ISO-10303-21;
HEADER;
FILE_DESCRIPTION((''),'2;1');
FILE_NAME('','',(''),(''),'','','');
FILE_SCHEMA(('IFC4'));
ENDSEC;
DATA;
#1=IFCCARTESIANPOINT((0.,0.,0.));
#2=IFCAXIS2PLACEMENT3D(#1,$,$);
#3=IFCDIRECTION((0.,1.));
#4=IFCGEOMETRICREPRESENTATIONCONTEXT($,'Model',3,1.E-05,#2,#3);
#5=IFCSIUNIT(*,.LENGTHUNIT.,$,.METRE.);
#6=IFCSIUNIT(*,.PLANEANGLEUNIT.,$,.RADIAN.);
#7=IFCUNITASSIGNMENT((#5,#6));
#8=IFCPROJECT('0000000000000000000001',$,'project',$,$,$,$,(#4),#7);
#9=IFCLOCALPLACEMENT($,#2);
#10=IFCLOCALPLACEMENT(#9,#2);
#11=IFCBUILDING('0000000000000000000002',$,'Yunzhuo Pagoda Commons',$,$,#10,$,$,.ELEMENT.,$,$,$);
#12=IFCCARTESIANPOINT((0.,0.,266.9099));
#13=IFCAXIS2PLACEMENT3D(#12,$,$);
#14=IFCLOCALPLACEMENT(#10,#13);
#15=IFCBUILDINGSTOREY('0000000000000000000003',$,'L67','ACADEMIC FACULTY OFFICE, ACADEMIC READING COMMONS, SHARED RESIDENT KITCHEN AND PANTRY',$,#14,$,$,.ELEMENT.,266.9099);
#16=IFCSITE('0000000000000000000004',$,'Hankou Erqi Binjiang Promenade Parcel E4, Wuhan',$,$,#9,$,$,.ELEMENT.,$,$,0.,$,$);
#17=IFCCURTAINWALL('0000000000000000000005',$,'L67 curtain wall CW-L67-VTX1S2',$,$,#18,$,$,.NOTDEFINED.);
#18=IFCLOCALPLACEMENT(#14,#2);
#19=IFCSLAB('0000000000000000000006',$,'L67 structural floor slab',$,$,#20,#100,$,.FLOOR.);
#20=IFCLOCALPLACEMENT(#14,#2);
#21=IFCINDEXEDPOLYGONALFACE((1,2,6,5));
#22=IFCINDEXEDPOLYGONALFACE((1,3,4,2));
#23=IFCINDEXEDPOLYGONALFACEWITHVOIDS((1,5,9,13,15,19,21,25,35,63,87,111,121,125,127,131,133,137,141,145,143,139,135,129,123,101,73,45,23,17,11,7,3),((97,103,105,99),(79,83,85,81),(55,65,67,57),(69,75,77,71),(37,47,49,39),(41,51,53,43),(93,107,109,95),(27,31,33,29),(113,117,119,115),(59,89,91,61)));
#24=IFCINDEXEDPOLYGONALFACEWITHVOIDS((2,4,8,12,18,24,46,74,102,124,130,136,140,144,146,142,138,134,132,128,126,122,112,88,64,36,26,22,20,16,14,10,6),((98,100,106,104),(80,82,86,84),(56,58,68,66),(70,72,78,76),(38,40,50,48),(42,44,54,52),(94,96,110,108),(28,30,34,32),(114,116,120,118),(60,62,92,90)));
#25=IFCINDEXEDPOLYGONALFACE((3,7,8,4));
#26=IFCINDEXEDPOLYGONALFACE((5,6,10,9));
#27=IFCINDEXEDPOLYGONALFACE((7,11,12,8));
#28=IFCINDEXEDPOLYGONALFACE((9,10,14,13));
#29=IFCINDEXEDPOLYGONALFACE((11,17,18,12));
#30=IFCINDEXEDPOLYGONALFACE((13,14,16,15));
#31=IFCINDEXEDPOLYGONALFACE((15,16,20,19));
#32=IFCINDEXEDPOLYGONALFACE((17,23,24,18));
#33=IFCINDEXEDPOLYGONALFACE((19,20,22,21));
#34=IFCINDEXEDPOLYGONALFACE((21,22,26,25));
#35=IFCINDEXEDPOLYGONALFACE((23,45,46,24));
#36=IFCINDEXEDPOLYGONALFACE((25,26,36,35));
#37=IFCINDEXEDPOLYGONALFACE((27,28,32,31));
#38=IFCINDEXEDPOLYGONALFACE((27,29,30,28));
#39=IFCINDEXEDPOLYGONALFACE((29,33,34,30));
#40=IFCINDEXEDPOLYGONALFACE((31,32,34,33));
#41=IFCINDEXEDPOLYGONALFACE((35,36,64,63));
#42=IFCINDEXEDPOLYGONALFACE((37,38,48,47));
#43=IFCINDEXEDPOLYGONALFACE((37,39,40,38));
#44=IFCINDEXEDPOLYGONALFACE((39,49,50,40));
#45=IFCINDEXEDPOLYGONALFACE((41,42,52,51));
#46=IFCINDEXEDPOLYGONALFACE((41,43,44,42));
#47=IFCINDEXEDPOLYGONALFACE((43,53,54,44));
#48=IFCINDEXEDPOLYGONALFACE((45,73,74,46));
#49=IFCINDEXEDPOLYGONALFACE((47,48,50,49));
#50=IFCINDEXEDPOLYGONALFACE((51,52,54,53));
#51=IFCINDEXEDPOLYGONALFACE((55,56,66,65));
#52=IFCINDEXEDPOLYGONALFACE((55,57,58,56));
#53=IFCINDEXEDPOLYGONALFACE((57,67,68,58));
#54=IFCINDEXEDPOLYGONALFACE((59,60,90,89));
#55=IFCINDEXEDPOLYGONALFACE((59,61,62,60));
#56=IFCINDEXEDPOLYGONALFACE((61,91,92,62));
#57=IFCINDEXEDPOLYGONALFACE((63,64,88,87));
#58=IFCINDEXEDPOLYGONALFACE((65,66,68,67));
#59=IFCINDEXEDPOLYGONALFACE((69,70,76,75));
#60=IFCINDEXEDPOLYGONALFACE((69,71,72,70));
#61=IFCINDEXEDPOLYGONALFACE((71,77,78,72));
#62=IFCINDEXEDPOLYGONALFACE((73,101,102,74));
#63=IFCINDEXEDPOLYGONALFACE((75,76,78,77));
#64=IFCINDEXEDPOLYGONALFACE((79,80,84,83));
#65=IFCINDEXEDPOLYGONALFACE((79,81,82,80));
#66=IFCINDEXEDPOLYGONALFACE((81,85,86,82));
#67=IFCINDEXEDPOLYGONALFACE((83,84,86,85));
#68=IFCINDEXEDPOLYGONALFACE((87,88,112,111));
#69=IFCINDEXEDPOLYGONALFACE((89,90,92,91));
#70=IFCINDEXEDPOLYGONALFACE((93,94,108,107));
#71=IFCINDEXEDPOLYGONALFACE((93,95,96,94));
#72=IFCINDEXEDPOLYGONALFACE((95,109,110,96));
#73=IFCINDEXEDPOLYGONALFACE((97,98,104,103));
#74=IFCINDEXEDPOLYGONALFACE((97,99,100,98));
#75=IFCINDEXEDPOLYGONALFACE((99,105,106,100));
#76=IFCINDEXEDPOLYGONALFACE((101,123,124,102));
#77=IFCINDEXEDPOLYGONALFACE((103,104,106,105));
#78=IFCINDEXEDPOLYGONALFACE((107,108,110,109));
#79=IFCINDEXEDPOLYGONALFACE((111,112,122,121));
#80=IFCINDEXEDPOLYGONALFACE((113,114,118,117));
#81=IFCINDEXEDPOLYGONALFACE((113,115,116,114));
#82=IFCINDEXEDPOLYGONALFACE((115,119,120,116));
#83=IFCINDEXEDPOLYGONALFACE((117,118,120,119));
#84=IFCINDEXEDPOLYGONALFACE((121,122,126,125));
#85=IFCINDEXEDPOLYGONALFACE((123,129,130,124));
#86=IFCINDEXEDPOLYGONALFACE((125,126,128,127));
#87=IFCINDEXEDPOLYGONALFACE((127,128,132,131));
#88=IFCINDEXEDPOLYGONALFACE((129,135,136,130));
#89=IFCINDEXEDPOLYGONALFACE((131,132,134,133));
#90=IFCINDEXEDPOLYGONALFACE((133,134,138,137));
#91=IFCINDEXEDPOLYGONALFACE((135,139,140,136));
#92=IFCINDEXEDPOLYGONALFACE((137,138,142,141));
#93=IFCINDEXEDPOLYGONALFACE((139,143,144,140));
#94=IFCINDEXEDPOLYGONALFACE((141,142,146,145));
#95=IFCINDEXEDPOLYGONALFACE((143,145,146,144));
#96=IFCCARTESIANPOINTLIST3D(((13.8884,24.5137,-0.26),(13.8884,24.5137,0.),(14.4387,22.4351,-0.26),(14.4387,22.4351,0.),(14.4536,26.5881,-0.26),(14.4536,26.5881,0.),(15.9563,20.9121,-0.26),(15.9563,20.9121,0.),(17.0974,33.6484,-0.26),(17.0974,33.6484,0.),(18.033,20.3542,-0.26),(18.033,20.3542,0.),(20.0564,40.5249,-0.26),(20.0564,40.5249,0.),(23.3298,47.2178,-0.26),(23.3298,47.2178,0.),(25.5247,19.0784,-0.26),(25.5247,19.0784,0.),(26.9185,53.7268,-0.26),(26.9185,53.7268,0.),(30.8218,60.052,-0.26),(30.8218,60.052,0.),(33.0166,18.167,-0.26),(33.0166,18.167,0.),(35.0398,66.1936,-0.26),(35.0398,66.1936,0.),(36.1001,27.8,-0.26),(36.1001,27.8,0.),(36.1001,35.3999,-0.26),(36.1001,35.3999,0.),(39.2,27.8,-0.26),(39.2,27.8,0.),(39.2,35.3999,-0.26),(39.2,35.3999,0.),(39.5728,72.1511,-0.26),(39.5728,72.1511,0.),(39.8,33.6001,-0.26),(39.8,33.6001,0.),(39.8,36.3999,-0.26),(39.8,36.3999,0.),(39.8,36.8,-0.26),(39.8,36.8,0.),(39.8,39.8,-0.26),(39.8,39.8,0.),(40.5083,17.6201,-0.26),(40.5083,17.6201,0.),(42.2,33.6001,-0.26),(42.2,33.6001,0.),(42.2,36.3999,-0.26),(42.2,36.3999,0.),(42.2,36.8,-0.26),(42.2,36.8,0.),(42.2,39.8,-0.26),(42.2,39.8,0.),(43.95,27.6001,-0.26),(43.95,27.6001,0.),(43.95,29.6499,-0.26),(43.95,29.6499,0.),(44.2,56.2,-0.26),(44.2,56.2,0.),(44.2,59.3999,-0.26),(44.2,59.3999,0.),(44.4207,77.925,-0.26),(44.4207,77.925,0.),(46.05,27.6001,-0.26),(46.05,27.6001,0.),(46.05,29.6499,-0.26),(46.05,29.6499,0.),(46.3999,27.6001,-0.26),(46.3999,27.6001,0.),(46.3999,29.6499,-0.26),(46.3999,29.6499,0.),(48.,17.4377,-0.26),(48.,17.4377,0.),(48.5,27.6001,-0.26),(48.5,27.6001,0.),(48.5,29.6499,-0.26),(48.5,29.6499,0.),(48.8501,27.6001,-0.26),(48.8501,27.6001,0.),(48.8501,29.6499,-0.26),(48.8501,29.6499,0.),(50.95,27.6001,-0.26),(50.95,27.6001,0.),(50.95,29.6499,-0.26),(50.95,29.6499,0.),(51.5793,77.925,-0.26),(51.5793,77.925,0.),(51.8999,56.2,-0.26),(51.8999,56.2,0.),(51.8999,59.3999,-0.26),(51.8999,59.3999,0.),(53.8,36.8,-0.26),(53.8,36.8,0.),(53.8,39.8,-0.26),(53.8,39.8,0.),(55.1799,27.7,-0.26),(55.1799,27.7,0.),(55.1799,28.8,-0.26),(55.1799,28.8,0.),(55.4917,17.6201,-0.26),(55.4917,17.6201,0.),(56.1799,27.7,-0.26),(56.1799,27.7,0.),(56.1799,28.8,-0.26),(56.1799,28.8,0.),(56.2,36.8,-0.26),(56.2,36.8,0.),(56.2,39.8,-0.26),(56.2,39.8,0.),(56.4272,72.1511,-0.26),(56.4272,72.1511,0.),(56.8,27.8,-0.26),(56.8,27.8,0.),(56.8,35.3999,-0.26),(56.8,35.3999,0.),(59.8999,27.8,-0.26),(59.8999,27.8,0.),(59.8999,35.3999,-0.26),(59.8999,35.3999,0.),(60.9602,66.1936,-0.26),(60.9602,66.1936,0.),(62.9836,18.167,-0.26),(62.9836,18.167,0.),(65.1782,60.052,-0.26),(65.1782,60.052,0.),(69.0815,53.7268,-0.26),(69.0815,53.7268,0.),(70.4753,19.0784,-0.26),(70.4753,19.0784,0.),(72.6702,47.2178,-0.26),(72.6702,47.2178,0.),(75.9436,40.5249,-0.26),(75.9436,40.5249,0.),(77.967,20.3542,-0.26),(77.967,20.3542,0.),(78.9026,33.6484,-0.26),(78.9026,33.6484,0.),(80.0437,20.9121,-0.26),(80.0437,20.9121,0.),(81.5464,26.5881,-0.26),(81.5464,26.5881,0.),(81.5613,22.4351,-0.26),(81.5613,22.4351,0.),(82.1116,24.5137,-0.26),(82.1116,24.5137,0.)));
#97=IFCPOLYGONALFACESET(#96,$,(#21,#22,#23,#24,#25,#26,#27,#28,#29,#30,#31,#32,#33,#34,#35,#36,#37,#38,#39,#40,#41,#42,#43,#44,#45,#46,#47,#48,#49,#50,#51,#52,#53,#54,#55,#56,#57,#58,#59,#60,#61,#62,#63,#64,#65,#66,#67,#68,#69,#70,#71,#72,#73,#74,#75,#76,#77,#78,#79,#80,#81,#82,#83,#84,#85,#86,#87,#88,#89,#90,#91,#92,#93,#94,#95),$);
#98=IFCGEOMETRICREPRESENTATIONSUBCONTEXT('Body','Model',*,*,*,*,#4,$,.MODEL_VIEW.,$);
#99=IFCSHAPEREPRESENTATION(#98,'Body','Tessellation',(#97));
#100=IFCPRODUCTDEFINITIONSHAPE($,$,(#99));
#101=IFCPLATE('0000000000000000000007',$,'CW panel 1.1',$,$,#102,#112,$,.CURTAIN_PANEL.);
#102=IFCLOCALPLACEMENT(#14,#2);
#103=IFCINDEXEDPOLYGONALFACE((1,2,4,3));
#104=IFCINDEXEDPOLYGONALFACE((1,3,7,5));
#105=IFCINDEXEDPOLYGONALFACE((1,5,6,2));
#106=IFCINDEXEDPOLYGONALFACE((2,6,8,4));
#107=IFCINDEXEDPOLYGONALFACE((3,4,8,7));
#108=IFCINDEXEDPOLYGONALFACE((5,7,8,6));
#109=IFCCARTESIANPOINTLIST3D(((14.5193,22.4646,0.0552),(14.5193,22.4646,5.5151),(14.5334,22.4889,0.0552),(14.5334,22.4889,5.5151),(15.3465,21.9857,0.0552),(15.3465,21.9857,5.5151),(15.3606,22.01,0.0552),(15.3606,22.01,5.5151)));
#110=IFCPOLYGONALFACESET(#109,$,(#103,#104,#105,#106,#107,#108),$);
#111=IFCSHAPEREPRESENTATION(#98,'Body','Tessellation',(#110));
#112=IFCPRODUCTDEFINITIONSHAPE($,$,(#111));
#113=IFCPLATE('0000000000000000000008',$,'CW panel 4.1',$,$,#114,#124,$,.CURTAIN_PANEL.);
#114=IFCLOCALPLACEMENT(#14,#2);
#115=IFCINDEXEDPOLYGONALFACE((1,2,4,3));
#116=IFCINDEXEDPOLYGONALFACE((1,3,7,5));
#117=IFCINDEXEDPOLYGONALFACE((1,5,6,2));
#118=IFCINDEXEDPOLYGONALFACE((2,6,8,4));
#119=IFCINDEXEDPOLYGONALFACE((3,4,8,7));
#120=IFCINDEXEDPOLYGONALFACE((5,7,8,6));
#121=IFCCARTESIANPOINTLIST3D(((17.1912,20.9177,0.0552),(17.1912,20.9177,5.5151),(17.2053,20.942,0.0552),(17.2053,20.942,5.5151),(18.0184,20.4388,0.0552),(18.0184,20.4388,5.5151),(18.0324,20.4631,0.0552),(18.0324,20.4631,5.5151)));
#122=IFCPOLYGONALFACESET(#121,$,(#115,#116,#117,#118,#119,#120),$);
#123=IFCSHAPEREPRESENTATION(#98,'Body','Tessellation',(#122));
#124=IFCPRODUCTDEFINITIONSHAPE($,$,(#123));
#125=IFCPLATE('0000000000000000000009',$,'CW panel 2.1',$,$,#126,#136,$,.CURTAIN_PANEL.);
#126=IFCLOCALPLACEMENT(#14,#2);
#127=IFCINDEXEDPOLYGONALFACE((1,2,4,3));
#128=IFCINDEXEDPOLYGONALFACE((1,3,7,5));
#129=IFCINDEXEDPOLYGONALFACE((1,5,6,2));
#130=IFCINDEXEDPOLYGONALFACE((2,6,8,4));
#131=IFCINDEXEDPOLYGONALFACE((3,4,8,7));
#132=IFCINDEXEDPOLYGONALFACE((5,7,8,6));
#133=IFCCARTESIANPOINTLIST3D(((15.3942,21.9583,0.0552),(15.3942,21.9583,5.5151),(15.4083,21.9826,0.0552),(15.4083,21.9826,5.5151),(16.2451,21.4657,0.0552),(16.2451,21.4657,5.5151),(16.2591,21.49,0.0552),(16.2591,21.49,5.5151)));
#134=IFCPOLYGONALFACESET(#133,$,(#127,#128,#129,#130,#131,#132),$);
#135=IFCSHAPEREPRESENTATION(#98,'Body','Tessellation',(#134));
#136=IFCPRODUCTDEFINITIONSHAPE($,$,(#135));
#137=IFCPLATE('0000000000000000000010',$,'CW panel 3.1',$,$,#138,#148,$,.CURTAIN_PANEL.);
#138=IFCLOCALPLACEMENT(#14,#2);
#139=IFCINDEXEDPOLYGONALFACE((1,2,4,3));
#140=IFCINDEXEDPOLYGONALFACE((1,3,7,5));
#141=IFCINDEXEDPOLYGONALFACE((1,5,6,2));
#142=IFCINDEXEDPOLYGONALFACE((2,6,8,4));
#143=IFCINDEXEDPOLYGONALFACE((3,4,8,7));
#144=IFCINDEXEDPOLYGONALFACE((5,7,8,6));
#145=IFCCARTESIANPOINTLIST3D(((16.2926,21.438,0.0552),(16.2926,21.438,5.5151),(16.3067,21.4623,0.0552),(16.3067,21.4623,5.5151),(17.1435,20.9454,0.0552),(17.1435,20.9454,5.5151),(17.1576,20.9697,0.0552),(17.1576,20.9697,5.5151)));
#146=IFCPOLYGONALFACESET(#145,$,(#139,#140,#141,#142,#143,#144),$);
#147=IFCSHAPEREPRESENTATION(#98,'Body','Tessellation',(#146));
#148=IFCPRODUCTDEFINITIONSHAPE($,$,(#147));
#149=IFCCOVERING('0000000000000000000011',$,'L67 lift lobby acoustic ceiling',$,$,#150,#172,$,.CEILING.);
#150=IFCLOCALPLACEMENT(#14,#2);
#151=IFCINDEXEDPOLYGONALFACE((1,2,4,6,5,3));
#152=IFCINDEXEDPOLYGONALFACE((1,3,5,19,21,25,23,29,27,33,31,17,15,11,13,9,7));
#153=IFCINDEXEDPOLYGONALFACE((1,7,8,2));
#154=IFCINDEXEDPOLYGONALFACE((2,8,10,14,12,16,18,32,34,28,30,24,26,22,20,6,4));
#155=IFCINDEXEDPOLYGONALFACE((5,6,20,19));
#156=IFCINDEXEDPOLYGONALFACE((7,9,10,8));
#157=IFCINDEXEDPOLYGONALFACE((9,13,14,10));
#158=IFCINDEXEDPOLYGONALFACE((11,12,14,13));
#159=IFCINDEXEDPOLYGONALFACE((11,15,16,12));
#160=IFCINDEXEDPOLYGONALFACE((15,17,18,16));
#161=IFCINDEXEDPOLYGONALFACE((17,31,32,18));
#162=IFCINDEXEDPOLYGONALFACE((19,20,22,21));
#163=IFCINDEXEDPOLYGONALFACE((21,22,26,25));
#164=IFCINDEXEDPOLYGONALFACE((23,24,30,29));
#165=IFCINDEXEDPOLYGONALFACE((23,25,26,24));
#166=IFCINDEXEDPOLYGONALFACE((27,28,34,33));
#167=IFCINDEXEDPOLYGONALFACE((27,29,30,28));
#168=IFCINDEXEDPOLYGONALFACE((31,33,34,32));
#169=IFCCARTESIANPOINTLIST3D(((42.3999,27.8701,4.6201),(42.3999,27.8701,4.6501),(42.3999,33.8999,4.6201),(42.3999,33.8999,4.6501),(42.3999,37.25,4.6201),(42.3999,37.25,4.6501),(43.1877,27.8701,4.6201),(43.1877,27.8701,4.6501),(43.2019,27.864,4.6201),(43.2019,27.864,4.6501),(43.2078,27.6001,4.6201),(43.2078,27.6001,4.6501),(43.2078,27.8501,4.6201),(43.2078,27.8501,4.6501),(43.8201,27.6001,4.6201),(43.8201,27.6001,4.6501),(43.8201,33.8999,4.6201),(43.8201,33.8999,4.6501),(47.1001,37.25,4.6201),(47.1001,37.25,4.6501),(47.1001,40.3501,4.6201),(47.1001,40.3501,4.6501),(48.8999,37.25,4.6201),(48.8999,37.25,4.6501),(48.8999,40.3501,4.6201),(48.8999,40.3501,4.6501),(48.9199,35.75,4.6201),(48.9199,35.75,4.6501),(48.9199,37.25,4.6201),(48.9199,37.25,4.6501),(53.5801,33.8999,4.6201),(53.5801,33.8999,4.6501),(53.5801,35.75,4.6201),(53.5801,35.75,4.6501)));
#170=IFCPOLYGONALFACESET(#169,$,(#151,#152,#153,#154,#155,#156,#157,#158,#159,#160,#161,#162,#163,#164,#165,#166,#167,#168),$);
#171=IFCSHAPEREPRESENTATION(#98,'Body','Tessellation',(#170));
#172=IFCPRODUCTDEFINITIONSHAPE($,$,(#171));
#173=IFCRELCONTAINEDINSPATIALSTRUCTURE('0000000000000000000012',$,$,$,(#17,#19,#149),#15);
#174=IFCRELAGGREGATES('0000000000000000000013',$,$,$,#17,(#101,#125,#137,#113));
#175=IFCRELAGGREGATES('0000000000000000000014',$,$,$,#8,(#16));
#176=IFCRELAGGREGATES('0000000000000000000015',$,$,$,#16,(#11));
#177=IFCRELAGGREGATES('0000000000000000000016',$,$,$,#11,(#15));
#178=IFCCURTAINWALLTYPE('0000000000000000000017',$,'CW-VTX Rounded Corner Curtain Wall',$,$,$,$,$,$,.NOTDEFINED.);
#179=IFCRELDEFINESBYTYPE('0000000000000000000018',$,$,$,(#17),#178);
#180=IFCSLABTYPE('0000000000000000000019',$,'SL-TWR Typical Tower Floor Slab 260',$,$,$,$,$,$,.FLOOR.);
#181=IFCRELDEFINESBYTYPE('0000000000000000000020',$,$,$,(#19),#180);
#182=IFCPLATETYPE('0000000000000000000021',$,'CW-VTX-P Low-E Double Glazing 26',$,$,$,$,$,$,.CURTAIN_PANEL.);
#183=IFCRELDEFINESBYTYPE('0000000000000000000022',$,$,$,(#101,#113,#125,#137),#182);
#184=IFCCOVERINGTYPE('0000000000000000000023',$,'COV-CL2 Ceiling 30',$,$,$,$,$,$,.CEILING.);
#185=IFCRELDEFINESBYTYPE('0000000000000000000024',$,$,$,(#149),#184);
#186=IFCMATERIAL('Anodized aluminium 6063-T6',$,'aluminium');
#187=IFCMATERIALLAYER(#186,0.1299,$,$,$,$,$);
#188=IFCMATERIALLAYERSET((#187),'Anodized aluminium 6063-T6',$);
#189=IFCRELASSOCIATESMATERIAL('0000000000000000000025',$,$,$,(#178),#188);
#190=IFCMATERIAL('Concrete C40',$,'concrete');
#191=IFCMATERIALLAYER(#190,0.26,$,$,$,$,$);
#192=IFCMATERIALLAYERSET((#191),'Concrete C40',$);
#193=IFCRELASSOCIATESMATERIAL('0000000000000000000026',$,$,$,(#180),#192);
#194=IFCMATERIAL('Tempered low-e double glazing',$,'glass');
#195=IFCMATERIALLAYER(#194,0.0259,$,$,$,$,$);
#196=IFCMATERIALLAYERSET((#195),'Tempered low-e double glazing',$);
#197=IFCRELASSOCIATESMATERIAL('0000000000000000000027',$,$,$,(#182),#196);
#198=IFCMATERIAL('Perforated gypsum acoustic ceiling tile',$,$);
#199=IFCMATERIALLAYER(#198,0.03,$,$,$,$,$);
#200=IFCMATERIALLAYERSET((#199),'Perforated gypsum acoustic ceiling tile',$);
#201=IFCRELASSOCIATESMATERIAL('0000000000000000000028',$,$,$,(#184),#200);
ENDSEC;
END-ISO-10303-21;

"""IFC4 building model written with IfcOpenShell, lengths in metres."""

from ifc_helpers import new_model, si_unit, direction, frame, origin, origin_2d, place, context, subcontext, project, spatial, polyline, rectangle, outline, extrude, source, transform, mapped, material, layer, layer_set, type_object, element, aggregate, save


model = new_model("IFC4")

# Units and contexts
model_context = context("Model", 3, precision=1e-05, world=origin(), true_north=direction((0.0, 1.0)))
body_context = subcontext(model_context, "Body", "Model", "MODEL_VIEW")
ifc_project = project(units=[si_unit("LENGTHUNIT", "METRE"), si_unit("PLANEANGLEUNIT", "RADIAN")], contexts=[model_context])

# Site, building, storey
site_placement = place(None, origin())
site = spatial("IfcSite", under=ifc_project, at=site_placement, Name="Hankou Erqi Binjiang Promenade Parcel E4, Wuhan", CompositionType="ELEMENT", RefElevation=0.0)
building_placement = place(site_placement, origin())
building = spatial("IfcBuilding", under=site, at=building_placement, Name="Yunzhuo Pagoda Commons", CompositionType="ELEMENT")
storey_placement = place(building_placement, frame((0.0, 0.0, 266.9099)))
storey = spatial("IfcBuildingStorey", under=building, at=storey_placement, Name="L67", Description="ACADEMIC FACULTY OFFICE, ACADEMIC READING COMMONS, SHARED RESIDENT KITCHEN AND PANTRY", CompositionType="ELEMENT", Elevation=266.9099)

# Curtain wall
ifc_material_1 = material(Name="Anodized aluminium 6063-T6", Category="aluminium")
ifc_layer_1 = layer(ifc_material_1, 0.1299)
ifc_layer_set_1 = layer_set([ifc_layer_1], Name="Anodized aluminium 6063-T6")
curtain_wall_type = type_object("IfcCurtainWallType", Name="CW-VTX Rounded Corner Curtain Wall", PredefinedType="NOTDEFINED", material=ifc_layer_set_1)
curtain_wall_placement = place(storey_placement, origin())
curtain_wall = element("IfcCurtainWall", 1, at=curtain_wall_placement, inside=storey, type_object=curtain_wall_type, Name="L67 curtain wall CW-L67-VTX1S2", PredefinedType="NOTDEFINED")

# Shared definitions
ifc_material_2 = material(Name="Concrete C40", Category="concrete")

# Slab
ifc_layer_2 = layer(ifc_material_2, 0.26)
ifc_layer_set_2 = layer_set([ifc_layer_2], Name="Concrete C40")
slab_type_1 = type_object("IfcSlabType", Name="SL-TWR Typical Tower Floor Slab 260", PredefinedType="FLOOR", material=ifc_layer_set_2)
slab_1_placement = place(storey_placement, frame((0.0, 0.0, -0.26)))
element("IfcSlab", 2, at=slab_1_placement, inside=storey, type_object=slab_type_1, Name="L67 structural floor slab", PredefinedType="FLOOR", context=body_context, shape_type="SweptSolid", body=[
    extrude(outline(polyline([(17.0974, 33.6484), (20.0564, 40.5249), (23.3298, 47.2178), (26.9185, 53.7268), (30.8218, 60.052), (35.0398, 66.1936), (39.5728, 72.1511), (44.4207, 77.925), (51.5793, 77.925), (56.4272, 72.1511), (60.9602, 66.1936), (65.1782, 60.052), (69.0815, 53.7268), (72.6702, 47.2178), (75.9436, 40.5249), (78.9026, 33.6484), (81.5464, 26.5881), (82.1116, 24.5137), (81.5613, 22.4351), (80.0437, 20.9121), (77.967, 20.3542), (70.4753, 19.0784), (62.9836, 18.167), (55.4917, 17.6201), (48.0, 17.4377), (40.5083, 17.6201), (33.0166, 18.167), (25.5247, 19.0784), (18.033, 20.3542), (15.9563, 20.9121), (14.4387, 22.4351), (13.8884, 24.5137), (14.4536, 26.5881), (17.0974, 33.6484)]), holes=[polyline([(56.1799, 28.8), (55.1799, 28.8), (55.1799, 27.7), (56.1799, 27.7), (56.1799, 28.8)]), polyline([(46.05, 29.6499), (43.95, 29.6499), (43.95, 27.6001), (46.05, 27.6001), (46.05, 29.6499)]), polyline([(48.5, 29.6499), (46.3999, 29.6499), (46.3999, 27.6001), (48.5, 27.6001), (48.5, 29.6499)]), polyline([(50.95, 27.6001), (50.95, 29.6499), (48.8501, 29.6499), (48.8501, 27.6001), (50.95, 27.6001)]), polyline([(36.1001, 27.8), (39.2, 27.8), (39.2, 35.3999), (36.1001, 35.3999), (36.1001, 27.8)]), polyline([(59.8999, 27.8), (59.8999, 35.3999), (56.8, 35.3999), (56.8, 27.8), (59.8999, 27.8)]), polyline([(42.2, 36.3999), (39.8, 36.3999), (39.8, 33.6001), (42.2, 33.6001), (42.2, 36.3999)]), polyline([(42.2, 39.8), (39.8, 39.8), (39.8, 36.8), (42.2, 36.8), (42.2, 39.8)]), polyline([(56.2, 36.8), (56.2, 39.8), (53.8, 39.8), (53.8, 36.8), (56.2, 36.8)]), polyline([(51.8999, 56.2), (51.8999, 59.3999), (44.2, 59.3999), (44.2, 56.2), (51.8999, 56.2)])]), origin(), (0.0, 0.0, 1.0), 0.26),
])

# Plates
ifc_material_3 = material(Name="Tempered low-e double glazing", Category="glass")
ifc_layer_3 = layer(ifc_material_3, 0.0259)
ifc_layer_set_3 = layer_set([ifc_layer_3], Name="Tempered low-e double glazing")
plate_type = type_object("IfcPlateType", Name="CW-VTX-P Low-E Double Glazing 26", PredefinedType="CURTAIN_PANEL", material=ifc_layer_set_3)
shared_shape_1 = source(origin(), body_context, "Body", "SweptSolid", [
    extrude(rectangle(XDim=0.9558, YDim=0.0281, at=origin_2d()), origin(), (0.0, 0.0, 1.0), 5.46),
])
plate_1_placement = place(storey_placement, frame((14.9399, 22.2373, 0.0552), z_axis=(0.0, 0.0, 1.0), x_axis=(0.865432, -0.501027, 0.0)))
plate_1 = element("IfcPlate", 3, at=plate_1_placement, type_object=plate_type, Name="CW panel 1.1", PredefinedType="CURTAIN_PANEL", context=body_context, shape_type="MappedRepresentation", body=[
    mapped(shared_shape_1, transform((0.0, 0.0, 0.0), scale=1.0)),
])
plate_2_placement = place(storey_placement, frame((17.6118, 20.6904, 0.0552), z_axis=(0.0, 0.0, 1.0), x_axis=(0.865432, -0.501027, 0.0)))
plate_2 = element("IfcPlate", 4, at=plate_2_placement, type_object=plate_type, Name="CW panel 4.1", PredefinedType="CURTAIN_PANEL", context=body_context, shape_type="MappedRepresentation", body=[
    mapped(shared_shape_1, transform((0.0, 0.0, 0.0), scale=1.0)),
])
shared_shape_2 = source(origin(), body_context, "Body", "SweptSolid", [
    extrude(rectangle(XDim=0.9832, YDim=0.0281, at=origin_2d()), origin(), (0.0, 0.0, 1.0), 5.46),
])
plate_3_placement = place(storey_placement, frame((15.8267, 21.7241, 0.0552), z_axis=(0.0, 0.0, 1.0), x_axis=(0.865432, -0.501027, 0.0)))
plate_3 = element("IfcPlate", 5, at=plate_3_placement, type_object=plate_type, Name="CW panel 2.1", PredefinedType="CURTAIN_PANEL", context=body_context, shape_type="MappedRepresentation", body=[
    mapped(shared_shape_2, transform((0.0, 0.0, 0.0), scale=1.0)),
])
plate_4_placement = place(storey_placement, frame((16.7251, 21.2039, 0.0552), z_axis=(0.0, 0.0, 1.0), x_axis=(0.865432, -0.501027, 0.0)))
plate_4 = element("IfcPlate", 6, at=plate_4_placement, type_object=plate_type, Name="CW panel 3.1", PredefinedType="CURTAIN_PANEL", context=body_context, shape_type="MappedRepresentation", body=[
    mapped(shared_shape_2, transform((0.0, 0.0, 0.0), scale=1.0)),
])
aggregate(curtain_wall, [plate_1, plate_3, plate_4, plate_2])

# Covering
ifc_material_4 = material(Name="Perforated gypsum acoustic ceiling tile")
ifc_layer_4 = layer(ifc_material_4, 0.03)
ifc_layer_set_4 = layer_set([ifc_layer_4], Name="Perforated gypsum acoustic ceiling tile")
covering_type_1 = type_object("IfcCoveringType", Name="COV-CL2 Ceiling 30", PredefinedType="CEILING", material=ifc_layer_set_4)
covering_1_placement = place(storey_placement, frame((0.0, 0.0, 4.6201)))
element("IfcCovering", 7, at=covering_1_placement, inside=storey, type_object=covering_type_1, Name="L67 lift lobby acoustic ceiling", PredefinedType="CEILING", context=body_context, shape_type="SweptSolid", body=[
    extrude(outline(polyline([(42.3999, 37.25), (47.1001, 37.25), (47.1001, 40.3501), (48.8999, 40.3501), (48.8999, 37.25), (48.9199, 37.25), (48.9199, 35.75), (53.5801, 35.75), (53.5801, 33.8999), (43.8201, 33.8999), (43.8201, 27.6001), (43.2078, 27.6001), (43.2078, 27.8501), (43.2019, 27.864), (43.1877, 27.8701), (42.3999, 27.8701), (42.3999, 33.8999), (42.3999, 37.25)])), origin(), (0.0, 0.0, 1.0), 0.03),
])

save(model, "model.ifc")
